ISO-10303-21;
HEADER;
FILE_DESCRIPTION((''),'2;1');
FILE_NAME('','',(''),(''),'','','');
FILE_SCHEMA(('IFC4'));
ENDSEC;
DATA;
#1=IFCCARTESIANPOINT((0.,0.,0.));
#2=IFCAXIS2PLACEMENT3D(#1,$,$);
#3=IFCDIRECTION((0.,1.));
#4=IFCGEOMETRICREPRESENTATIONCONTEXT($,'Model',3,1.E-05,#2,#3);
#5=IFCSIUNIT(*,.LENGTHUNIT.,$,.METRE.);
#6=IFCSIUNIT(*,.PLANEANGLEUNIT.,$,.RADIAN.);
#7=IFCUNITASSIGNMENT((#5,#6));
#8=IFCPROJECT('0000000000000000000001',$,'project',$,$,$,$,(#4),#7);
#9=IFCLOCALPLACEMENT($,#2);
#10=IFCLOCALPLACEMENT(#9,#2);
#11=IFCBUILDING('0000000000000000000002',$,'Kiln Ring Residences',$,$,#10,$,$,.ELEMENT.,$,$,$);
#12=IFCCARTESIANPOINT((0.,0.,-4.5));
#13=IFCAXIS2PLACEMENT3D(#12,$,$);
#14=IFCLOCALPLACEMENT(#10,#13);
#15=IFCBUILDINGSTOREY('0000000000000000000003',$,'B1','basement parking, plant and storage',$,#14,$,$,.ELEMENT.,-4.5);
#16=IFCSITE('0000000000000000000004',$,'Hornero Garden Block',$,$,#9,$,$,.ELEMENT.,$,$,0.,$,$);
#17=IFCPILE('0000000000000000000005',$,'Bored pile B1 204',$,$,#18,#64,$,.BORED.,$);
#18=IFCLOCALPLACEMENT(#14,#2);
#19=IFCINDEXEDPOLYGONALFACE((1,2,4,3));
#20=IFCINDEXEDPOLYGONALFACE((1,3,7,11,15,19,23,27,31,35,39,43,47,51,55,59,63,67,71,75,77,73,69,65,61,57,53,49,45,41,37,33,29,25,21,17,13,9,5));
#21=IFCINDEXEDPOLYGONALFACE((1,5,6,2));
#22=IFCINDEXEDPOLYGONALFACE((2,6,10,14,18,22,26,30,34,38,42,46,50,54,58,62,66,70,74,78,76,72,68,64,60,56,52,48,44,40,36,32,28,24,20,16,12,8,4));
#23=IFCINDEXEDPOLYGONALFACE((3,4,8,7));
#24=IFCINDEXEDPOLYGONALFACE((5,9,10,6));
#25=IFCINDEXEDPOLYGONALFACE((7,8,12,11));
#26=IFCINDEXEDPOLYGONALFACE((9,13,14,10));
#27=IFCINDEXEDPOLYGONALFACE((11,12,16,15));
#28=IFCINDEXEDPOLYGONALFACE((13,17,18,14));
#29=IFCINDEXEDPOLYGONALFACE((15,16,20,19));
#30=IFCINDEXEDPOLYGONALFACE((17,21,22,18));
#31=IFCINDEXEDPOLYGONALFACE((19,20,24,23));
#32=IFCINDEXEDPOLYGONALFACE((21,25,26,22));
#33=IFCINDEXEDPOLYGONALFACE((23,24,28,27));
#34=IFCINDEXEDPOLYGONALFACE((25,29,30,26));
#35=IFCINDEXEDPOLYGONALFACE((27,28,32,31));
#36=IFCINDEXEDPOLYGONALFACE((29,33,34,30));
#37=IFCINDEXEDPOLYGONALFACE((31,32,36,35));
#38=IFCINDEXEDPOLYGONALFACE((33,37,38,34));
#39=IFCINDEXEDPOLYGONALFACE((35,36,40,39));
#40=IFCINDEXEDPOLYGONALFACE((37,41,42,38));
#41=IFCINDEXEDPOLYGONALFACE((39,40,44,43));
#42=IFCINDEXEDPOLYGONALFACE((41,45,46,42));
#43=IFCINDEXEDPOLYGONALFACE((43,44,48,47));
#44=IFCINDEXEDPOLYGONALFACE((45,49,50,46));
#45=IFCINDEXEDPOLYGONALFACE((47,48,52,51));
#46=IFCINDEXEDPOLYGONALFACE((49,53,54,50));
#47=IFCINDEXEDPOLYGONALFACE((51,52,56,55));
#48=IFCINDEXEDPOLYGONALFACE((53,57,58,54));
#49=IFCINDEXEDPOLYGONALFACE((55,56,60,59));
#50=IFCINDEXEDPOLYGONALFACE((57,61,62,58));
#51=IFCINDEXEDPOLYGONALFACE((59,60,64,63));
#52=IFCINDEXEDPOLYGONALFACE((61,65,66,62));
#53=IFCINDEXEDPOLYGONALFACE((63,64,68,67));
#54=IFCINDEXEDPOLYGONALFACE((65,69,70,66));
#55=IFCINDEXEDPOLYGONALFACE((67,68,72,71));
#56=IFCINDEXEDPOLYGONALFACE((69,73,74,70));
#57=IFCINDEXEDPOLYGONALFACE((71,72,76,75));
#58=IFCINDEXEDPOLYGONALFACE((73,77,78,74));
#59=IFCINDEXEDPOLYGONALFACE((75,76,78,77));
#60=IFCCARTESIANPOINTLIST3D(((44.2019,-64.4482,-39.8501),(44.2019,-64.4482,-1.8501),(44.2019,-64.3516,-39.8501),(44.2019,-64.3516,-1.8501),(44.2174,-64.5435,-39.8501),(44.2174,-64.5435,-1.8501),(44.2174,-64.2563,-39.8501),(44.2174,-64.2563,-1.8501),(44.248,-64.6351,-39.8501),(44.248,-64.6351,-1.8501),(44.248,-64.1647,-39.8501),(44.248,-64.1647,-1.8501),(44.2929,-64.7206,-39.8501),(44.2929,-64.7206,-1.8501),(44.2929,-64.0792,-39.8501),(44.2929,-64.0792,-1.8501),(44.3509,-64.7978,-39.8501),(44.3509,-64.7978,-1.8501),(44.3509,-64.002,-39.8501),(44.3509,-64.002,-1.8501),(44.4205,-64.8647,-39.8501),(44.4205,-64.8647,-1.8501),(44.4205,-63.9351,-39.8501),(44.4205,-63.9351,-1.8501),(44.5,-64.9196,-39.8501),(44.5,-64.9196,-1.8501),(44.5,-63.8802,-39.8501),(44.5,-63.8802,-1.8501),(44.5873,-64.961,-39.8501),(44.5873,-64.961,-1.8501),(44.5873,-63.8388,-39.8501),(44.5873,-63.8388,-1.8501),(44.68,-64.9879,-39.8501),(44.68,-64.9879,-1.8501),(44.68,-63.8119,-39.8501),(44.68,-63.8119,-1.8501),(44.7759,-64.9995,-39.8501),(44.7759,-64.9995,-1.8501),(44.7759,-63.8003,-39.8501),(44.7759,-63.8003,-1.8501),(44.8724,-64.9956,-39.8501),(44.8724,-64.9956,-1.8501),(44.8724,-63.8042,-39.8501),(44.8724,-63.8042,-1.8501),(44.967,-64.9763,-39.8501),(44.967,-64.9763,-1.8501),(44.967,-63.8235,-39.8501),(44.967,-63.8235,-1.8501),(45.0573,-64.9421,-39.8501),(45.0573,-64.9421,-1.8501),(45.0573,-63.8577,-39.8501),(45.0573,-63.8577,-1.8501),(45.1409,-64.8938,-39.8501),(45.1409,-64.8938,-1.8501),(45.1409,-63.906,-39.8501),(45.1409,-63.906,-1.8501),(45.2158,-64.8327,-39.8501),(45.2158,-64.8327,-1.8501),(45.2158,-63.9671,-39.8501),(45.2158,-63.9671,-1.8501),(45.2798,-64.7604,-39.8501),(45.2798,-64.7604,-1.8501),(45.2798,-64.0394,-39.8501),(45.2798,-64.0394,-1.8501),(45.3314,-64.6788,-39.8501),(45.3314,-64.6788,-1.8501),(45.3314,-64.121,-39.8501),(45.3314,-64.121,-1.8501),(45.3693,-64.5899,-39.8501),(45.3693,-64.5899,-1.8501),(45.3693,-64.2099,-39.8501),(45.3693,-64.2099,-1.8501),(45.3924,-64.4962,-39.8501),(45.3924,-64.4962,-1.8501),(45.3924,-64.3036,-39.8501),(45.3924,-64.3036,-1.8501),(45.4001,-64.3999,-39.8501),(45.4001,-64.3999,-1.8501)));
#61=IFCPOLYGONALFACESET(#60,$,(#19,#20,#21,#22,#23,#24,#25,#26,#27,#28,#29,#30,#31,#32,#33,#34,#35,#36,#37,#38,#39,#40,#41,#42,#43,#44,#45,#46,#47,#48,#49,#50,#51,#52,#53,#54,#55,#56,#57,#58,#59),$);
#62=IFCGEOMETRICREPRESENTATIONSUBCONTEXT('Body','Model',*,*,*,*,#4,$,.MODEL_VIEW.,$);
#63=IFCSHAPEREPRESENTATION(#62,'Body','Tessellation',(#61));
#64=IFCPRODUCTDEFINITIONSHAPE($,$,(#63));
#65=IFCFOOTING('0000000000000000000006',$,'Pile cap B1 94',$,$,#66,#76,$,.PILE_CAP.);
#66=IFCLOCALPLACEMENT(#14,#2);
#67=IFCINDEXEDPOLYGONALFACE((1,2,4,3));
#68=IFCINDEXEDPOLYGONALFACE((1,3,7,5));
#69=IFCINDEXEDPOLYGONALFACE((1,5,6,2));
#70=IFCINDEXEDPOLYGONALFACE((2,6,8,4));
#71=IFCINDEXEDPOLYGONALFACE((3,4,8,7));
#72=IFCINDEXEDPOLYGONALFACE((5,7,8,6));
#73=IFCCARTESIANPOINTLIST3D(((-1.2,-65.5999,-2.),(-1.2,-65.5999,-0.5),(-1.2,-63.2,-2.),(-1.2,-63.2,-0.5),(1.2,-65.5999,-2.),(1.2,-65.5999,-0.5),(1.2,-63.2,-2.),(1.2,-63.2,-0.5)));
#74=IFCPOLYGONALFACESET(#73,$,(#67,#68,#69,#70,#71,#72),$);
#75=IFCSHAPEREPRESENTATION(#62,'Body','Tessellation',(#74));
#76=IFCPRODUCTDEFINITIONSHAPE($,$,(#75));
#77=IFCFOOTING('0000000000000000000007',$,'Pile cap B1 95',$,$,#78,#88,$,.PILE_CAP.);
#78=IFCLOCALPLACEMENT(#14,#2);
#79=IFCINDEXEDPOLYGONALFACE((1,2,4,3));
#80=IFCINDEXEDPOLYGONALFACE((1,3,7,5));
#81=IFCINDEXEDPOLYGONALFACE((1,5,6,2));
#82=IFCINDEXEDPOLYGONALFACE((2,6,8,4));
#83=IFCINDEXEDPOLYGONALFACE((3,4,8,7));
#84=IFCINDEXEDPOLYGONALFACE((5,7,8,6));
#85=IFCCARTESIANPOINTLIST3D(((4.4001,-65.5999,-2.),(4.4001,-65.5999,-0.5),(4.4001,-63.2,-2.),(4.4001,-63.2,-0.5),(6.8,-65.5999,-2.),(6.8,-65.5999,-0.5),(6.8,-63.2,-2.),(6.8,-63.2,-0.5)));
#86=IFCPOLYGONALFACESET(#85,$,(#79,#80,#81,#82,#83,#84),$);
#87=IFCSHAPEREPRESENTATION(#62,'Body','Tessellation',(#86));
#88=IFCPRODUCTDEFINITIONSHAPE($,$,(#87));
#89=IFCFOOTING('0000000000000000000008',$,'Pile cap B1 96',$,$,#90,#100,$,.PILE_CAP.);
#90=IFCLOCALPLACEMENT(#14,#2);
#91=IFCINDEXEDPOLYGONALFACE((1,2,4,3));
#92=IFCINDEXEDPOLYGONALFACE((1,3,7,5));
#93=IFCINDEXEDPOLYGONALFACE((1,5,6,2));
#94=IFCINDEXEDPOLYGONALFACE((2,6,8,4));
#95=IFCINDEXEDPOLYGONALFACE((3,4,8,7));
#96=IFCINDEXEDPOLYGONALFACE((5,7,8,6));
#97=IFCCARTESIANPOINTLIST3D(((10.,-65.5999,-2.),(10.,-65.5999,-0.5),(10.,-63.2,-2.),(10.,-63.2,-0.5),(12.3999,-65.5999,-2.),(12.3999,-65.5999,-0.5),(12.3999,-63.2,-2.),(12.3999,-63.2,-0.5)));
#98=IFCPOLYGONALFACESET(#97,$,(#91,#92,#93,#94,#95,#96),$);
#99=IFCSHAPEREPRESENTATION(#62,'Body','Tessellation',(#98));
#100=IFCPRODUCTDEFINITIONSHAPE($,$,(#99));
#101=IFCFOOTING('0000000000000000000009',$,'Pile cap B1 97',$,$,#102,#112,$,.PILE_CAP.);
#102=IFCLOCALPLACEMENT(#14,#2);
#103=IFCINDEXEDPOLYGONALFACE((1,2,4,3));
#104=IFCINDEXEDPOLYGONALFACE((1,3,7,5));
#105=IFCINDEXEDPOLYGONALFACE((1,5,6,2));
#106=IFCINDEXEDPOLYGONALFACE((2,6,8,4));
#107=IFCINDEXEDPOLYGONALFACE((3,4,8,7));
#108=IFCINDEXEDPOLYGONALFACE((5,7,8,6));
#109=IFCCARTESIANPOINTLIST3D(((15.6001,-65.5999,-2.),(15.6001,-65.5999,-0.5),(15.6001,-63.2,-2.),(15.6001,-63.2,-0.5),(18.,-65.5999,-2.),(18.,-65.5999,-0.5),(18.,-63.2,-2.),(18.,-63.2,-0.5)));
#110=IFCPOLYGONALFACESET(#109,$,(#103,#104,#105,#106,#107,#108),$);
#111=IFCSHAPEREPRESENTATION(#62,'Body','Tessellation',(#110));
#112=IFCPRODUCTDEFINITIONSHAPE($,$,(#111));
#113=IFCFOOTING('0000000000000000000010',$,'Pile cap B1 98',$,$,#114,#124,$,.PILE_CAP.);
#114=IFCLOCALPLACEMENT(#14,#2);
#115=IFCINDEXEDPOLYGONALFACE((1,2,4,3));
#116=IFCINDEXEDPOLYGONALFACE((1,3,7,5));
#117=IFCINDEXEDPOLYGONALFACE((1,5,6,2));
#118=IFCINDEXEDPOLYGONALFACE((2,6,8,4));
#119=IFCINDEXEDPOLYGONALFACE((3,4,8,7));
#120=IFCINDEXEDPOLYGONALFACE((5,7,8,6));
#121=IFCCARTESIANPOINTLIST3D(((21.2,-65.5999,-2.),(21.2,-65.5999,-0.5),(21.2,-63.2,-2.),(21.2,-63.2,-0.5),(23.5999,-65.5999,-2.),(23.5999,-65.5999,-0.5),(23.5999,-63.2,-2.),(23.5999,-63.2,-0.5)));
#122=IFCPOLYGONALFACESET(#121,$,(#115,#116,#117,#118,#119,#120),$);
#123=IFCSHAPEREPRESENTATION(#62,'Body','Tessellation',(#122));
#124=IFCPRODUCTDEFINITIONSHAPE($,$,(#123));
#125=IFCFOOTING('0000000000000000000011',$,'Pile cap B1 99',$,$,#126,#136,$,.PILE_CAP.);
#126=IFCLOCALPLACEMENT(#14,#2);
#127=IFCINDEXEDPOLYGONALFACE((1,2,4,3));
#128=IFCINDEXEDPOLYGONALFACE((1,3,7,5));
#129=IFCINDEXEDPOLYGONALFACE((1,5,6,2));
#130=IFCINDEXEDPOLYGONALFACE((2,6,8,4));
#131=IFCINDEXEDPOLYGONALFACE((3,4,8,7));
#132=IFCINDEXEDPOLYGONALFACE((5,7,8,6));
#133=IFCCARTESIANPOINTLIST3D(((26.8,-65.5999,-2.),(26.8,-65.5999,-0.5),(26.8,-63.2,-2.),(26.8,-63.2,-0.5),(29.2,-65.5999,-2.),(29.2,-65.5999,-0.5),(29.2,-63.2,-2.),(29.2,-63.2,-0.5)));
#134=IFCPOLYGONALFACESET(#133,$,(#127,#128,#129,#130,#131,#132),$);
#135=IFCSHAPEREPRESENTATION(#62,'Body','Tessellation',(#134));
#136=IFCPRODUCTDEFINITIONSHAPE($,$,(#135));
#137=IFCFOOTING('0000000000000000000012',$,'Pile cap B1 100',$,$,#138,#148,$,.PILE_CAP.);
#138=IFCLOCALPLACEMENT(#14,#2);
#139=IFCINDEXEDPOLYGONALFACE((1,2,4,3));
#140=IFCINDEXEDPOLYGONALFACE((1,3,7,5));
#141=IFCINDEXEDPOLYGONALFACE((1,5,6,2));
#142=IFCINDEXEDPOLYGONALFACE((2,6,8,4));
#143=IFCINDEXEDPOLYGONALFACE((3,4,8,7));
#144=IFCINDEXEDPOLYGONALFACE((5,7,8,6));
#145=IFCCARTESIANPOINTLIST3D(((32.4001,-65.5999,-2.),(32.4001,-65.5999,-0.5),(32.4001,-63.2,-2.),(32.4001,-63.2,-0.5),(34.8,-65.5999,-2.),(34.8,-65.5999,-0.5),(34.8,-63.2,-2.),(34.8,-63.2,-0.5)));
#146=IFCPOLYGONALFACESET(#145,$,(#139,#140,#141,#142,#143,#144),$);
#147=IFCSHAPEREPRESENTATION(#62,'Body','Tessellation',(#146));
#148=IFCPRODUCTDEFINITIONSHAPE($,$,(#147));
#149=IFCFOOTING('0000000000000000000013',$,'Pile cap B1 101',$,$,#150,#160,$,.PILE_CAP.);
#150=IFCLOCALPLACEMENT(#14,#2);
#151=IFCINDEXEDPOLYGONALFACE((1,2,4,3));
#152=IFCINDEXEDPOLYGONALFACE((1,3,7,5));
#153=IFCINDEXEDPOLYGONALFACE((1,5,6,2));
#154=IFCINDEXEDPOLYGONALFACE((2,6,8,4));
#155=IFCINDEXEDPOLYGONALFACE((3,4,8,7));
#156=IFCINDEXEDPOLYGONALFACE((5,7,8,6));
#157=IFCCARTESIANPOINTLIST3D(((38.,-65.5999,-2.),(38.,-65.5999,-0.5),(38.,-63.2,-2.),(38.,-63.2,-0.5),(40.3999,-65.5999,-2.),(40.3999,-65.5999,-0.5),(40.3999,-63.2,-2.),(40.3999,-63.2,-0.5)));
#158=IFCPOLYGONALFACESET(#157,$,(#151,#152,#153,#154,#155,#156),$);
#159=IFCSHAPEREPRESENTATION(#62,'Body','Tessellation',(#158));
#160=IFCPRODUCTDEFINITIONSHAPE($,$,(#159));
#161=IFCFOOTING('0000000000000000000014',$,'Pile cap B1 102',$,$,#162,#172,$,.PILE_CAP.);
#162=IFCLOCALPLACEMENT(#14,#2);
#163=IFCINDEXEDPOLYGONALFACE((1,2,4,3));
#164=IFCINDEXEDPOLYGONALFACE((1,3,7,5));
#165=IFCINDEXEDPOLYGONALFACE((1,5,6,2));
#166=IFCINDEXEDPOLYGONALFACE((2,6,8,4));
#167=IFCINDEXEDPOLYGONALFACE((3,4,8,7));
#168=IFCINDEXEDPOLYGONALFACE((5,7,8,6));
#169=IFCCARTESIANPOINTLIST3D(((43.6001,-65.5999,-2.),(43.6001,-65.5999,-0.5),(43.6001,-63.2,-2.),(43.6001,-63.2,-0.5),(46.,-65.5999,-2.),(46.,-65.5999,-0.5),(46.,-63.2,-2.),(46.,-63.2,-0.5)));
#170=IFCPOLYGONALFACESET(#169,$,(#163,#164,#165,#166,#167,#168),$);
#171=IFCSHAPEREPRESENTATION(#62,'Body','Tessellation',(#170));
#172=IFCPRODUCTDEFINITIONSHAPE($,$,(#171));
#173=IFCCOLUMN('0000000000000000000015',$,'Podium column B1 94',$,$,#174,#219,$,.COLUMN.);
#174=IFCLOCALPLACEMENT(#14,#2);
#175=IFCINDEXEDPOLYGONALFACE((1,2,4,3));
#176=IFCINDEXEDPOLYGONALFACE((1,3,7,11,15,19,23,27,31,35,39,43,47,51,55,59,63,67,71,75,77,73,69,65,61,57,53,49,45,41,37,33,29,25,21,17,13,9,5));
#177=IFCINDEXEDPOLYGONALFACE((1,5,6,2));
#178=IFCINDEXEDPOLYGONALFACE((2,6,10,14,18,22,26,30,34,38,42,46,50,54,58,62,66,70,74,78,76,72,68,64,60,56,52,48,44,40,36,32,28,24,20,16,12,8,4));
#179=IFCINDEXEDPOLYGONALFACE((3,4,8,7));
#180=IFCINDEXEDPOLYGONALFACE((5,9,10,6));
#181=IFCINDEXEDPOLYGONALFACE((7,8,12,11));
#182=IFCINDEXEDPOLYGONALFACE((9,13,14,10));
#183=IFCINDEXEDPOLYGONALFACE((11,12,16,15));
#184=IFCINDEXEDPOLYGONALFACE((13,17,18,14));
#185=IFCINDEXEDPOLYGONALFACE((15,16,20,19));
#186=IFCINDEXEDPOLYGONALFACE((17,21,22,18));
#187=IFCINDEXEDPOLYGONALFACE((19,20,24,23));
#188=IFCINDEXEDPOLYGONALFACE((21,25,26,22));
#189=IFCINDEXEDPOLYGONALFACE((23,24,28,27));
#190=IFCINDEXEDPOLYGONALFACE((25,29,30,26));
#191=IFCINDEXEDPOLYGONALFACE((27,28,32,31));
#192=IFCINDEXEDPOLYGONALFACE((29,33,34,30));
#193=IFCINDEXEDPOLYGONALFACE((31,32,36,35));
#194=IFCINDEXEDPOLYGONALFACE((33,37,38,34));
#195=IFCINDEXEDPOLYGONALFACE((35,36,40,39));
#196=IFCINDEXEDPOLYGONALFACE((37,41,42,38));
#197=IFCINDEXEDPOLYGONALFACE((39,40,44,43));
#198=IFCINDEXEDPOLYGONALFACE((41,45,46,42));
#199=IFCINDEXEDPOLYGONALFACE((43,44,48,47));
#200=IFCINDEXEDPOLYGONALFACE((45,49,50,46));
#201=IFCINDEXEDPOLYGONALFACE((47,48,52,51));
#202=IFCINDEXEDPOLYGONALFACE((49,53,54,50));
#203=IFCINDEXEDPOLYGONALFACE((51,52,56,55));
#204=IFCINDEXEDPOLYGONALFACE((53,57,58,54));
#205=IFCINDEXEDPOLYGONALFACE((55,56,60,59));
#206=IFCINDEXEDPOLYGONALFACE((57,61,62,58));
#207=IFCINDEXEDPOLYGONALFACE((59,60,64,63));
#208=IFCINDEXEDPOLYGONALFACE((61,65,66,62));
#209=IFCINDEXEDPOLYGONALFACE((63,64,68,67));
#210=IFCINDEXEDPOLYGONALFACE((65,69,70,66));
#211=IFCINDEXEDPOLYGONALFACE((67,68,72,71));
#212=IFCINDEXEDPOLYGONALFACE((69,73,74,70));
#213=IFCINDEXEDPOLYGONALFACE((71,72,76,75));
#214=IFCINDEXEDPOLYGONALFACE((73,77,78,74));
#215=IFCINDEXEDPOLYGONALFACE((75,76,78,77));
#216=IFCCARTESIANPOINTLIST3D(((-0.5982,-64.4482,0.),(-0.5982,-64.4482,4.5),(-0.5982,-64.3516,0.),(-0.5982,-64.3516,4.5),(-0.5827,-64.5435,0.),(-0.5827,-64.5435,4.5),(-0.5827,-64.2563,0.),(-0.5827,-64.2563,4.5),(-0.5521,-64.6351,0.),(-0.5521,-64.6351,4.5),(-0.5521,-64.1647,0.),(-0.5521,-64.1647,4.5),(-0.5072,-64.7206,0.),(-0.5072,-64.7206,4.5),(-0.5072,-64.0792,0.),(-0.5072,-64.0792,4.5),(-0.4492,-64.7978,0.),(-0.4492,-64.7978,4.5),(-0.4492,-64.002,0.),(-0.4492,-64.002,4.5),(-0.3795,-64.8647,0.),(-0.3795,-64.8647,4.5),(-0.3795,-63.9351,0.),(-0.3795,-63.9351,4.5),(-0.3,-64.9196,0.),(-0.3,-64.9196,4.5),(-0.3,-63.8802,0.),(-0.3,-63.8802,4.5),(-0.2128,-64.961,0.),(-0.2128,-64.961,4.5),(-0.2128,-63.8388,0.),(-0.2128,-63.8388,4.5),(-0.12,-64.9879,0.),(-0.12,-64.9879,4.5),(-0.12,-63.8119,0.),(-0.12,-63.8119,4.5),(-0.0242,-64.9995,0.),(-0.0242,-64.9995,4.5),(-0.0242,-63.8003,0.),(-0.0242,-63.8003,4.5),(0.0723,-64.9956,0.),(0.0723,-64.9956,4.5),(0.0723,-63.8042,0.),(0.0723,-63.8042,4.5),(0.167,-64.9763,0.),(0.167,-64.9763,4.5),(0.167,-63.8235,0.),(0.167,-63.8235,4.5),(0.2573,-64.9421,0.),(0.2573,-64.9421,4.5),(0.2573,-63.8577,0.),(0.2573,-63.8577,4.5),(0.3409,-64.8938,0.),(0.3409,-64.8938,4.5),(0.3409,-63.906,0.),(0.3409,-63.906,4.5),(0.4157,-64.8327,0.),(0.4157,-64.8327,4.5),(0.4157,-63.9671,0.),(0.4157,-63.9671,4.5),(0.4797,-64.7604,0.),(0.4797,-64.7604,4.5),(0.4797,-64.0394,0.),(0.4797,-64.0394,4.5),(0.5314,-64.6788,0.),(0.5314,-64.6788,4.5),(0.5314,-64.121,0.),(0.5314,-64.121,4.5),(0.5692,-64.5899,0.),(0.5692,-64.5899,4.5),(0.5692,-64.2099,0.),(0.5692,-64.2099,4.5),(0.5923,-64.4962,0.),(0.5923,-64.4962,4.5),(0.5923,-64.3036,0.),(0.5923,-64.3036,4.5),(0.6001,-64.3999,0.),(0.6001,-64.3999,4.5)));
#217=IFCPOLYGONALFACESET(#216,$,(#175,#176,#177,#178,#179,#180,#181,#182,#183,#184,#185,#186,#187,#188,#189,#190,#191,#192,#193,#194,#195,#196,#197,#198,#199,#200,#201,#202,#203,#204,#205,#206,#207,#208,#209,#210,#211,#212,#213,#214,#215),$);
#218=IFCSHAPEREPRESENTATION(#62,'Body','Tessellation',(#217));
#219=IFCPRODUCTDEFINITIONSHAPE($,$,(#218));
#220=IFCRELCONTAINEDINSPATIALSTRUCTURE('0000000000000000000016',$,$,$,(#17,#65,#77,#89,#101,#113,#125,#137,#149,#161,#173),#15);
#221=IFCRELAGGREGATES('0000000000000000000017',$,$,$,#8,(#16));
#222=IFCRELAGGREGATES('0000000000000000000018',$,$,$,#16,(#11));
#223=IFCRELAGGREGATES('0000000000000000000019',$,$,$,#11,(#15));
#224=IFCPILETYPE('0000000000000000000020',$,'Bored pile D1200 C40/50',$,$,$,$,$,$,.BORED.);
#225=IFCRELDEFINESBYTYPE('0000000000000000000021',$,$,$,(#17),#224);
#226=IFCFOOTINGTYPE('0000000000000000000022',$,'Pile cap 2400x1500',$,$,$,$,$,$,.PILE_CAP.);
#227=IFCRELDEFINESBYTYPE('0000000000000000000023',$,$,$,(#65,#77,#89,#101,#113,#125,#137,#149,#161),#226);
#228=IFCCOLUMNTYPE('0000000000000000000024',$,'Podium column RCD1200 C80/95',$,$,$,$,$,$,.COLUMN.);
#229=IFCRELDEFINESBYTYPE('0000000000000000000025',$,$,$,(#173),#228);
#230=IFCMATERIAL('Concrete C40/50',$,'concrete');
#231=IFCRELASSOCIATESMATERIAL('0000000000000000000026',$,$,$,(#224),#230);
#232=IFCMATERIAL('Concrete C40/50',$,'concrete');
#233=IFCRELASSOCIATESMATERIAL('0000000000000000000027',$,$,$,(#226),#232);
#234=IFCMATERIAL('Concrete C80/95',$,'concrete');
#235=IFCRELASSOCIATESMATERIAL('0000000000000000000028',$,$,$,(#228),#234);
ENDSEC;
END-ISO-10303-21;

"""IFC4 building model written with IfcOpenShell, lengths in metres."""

from ifc_helpers import new_model, si_unit, direction, frame, origin, origin_2d, place, context, subcontext, project, spatial, rectangle, circle, extrude, material, material_profile, profile_set, type_object, element, save


model = new_model("IFC4")

# Units and contexts
model_context = context("Model", 3, precision=1e-05, world=origin(), true_north=direction((0.0, 1.0)))
body_context = subcontext(model_context, "Body", "Model", "MODEL_VIEW")
ifc_project = project(units=[si_unit("LENGTHUNIT", "METRE"), si_unit("PLANEANGLEUNIT", "RADIAN")], contexts=[model_context])

# Site, building, storey
site_placement = place(None, origin())
site = spatial("IfcSite", under=ifc_project, at=site_placement, Name="Hornero Garden Block", CompositionType="ELEMENT", RefElevation=0.0)
building_placement = place(site_placement, origin())
building = spatial("IfcBuilding", under=site, at=building_placement, Name="Kiln Ring Residences", CompositionType="ELEMENT")
storey_placement = place(building_placement, frame((0.0, 0.0, -4.5)))
storey = spatial("IfcBuildingStorey", under=building, at=storey_placement, Name="B1", Description="basement parking, plant and storage", CompositionType="ELEMENT", Elevation=-4.5)

# Pile
ifc_material_1 = material(Name="Concrete C40/50", Category="concrete")
ifc_material_profile_1 = material_profile(ifc_material_1, circle(Radius=0.6001, at=origin_2d()), Name="BORED1200")
ifc_profile_set_1 = profile_set([ifc_material_profile_1], Name="Concrete C40/50")
pile_type = type_object("IfcPileType", Name="Bored pile D1200 C40/50", PredefinedType="BORED", material=ifc_profile_set_1)
for number, where, z_axis, x_axis, name in (
    (1, (44.8, -64.3999, -1.8501), (0.0, 0.0, -1.0), (1.0, 0.0, 0.0), "Bored pile B1 204"),
):
    element("IfcPile", number, at=place(storey_placement, frame(where, z_axis=z_axis, x_axis=x_axis)), inside=storey, type_object=pile_type, Name=name, PredefinedType="BORED", context=body_context, shape_type="SweptSolid", body=[
        extrude(circle(Radius=0.6001, at=origin_2d()), origin(), (0.0, 0.0, 1.0), 38.0),
    ])

# Footings
ifc_material_2 = material(Name="Concrete C40/50", Category="concrete")
footing_type = type_object("IfcFootingType", Name="Pile cap 2400x1500", PredefinedType="PILE_CAP", material=ifc_material_2)
for number, where, z_axis, x_axis, name in (
    (2, (0.0, -64.3999, -2.0), (0.0, 0.0, 1.0), (1.0, 0.0, 0.0), "Pile cap B1 94"),
    (3, (5.6001, -64.3999, -2.0), (0.0, 0.0, 1.0), (1.0, 0.0, 0.0), "Pile cap B1 95"),
    (4, (11.2, -64.3999, -2.0), (0.0, 0.0, 1.0), (1.0, 0.0, 0.0), "Pile cap B1 96"),
    (5, (16.8, -64.3999, -2.0), (0.0, 0.0, 1.0), (1.0, 0.0, 0.0), "Pile cap B1 97"),
    (6, (22.3999, -64.3999, -2.0), (0.0, 0.0, 1.0), (1.0, 0.0, 0.0), "Pile cap B1 98"),
    (7, (28.0, -64.3999, -2.0), (0.0, 0.0, 1.0), (1.0, 0.0, 0.0), "Pile cap B1 99"),
    (8, (33.6001, -64.3999, -2.0), (0.0, 0.0, 1.0), (1.0, 0.0, 0.0), "Pile cap B1 100"),
    (9, (39.2, -64.3999, -2.0), (0.0, 0.0, 1.0), (1.0, 0.0, 0.0), "Pile cap B1 101"),
    (10, (44.8, -64.3999, -2.0), (0.0, 0.0, 1.0), (1.0, 0.0, 0.0), "Pile cap B1 102"),
):
    element("IfcFooting", number, at=place(storey_placement, frame(where, z_axis=z_axis, x_axis=x_axis)), inside=storey, type_object=footing_type, Name=name, PredefinedType="PILE_CAP", context=body_context, shape_type="SweptSolid", body=[
        extrude(rectangle(XDim=2.3999, YDim=2.3999, at=origin_2d()), origin(), (0.0, 0.0, 1.0), 1.5),
    ])

# Column
ifc_material_3 = material(Name="Concrete C80/95", Category="concrete")
ifc_material_profile_2 = material_profile(ifc_material_3, circle(Radius=0.6001, at=origin_2d()), Name="RCD1200")
ifc_profile_set_2 = profile_set([ifc_material_profile_2], Name="Concrete C80/95")
column_type = type_object("IfcColumnType", Name="Podium column RCD1200 C80/95", PredefinedType="COLUMN", material=ifc_profile_set_2)
for number, where, z_axis, x_axis, name in (
    (11, (0.0, -64.3999, 0.0), (0.0, 0.0, 1.0), (1.0, 0.0, 0.0), "Podium column B1 94"),
):
    element("IfcColumn", number, at=place(storey_placement, frame(where, z_axis=z_axis, x_axis=x_axis)), inside=storey, type_object=column_type, Name=name, PredefinedType="COLUMN", context=body_context, shape_type="SweptSolid", body=[
        extrude(circle(Radius=0.6001, at=origin_2d()), origin(), (0.0, 0.0, 1.0), 4.5),
    ])

save(model, "model.ifc")
